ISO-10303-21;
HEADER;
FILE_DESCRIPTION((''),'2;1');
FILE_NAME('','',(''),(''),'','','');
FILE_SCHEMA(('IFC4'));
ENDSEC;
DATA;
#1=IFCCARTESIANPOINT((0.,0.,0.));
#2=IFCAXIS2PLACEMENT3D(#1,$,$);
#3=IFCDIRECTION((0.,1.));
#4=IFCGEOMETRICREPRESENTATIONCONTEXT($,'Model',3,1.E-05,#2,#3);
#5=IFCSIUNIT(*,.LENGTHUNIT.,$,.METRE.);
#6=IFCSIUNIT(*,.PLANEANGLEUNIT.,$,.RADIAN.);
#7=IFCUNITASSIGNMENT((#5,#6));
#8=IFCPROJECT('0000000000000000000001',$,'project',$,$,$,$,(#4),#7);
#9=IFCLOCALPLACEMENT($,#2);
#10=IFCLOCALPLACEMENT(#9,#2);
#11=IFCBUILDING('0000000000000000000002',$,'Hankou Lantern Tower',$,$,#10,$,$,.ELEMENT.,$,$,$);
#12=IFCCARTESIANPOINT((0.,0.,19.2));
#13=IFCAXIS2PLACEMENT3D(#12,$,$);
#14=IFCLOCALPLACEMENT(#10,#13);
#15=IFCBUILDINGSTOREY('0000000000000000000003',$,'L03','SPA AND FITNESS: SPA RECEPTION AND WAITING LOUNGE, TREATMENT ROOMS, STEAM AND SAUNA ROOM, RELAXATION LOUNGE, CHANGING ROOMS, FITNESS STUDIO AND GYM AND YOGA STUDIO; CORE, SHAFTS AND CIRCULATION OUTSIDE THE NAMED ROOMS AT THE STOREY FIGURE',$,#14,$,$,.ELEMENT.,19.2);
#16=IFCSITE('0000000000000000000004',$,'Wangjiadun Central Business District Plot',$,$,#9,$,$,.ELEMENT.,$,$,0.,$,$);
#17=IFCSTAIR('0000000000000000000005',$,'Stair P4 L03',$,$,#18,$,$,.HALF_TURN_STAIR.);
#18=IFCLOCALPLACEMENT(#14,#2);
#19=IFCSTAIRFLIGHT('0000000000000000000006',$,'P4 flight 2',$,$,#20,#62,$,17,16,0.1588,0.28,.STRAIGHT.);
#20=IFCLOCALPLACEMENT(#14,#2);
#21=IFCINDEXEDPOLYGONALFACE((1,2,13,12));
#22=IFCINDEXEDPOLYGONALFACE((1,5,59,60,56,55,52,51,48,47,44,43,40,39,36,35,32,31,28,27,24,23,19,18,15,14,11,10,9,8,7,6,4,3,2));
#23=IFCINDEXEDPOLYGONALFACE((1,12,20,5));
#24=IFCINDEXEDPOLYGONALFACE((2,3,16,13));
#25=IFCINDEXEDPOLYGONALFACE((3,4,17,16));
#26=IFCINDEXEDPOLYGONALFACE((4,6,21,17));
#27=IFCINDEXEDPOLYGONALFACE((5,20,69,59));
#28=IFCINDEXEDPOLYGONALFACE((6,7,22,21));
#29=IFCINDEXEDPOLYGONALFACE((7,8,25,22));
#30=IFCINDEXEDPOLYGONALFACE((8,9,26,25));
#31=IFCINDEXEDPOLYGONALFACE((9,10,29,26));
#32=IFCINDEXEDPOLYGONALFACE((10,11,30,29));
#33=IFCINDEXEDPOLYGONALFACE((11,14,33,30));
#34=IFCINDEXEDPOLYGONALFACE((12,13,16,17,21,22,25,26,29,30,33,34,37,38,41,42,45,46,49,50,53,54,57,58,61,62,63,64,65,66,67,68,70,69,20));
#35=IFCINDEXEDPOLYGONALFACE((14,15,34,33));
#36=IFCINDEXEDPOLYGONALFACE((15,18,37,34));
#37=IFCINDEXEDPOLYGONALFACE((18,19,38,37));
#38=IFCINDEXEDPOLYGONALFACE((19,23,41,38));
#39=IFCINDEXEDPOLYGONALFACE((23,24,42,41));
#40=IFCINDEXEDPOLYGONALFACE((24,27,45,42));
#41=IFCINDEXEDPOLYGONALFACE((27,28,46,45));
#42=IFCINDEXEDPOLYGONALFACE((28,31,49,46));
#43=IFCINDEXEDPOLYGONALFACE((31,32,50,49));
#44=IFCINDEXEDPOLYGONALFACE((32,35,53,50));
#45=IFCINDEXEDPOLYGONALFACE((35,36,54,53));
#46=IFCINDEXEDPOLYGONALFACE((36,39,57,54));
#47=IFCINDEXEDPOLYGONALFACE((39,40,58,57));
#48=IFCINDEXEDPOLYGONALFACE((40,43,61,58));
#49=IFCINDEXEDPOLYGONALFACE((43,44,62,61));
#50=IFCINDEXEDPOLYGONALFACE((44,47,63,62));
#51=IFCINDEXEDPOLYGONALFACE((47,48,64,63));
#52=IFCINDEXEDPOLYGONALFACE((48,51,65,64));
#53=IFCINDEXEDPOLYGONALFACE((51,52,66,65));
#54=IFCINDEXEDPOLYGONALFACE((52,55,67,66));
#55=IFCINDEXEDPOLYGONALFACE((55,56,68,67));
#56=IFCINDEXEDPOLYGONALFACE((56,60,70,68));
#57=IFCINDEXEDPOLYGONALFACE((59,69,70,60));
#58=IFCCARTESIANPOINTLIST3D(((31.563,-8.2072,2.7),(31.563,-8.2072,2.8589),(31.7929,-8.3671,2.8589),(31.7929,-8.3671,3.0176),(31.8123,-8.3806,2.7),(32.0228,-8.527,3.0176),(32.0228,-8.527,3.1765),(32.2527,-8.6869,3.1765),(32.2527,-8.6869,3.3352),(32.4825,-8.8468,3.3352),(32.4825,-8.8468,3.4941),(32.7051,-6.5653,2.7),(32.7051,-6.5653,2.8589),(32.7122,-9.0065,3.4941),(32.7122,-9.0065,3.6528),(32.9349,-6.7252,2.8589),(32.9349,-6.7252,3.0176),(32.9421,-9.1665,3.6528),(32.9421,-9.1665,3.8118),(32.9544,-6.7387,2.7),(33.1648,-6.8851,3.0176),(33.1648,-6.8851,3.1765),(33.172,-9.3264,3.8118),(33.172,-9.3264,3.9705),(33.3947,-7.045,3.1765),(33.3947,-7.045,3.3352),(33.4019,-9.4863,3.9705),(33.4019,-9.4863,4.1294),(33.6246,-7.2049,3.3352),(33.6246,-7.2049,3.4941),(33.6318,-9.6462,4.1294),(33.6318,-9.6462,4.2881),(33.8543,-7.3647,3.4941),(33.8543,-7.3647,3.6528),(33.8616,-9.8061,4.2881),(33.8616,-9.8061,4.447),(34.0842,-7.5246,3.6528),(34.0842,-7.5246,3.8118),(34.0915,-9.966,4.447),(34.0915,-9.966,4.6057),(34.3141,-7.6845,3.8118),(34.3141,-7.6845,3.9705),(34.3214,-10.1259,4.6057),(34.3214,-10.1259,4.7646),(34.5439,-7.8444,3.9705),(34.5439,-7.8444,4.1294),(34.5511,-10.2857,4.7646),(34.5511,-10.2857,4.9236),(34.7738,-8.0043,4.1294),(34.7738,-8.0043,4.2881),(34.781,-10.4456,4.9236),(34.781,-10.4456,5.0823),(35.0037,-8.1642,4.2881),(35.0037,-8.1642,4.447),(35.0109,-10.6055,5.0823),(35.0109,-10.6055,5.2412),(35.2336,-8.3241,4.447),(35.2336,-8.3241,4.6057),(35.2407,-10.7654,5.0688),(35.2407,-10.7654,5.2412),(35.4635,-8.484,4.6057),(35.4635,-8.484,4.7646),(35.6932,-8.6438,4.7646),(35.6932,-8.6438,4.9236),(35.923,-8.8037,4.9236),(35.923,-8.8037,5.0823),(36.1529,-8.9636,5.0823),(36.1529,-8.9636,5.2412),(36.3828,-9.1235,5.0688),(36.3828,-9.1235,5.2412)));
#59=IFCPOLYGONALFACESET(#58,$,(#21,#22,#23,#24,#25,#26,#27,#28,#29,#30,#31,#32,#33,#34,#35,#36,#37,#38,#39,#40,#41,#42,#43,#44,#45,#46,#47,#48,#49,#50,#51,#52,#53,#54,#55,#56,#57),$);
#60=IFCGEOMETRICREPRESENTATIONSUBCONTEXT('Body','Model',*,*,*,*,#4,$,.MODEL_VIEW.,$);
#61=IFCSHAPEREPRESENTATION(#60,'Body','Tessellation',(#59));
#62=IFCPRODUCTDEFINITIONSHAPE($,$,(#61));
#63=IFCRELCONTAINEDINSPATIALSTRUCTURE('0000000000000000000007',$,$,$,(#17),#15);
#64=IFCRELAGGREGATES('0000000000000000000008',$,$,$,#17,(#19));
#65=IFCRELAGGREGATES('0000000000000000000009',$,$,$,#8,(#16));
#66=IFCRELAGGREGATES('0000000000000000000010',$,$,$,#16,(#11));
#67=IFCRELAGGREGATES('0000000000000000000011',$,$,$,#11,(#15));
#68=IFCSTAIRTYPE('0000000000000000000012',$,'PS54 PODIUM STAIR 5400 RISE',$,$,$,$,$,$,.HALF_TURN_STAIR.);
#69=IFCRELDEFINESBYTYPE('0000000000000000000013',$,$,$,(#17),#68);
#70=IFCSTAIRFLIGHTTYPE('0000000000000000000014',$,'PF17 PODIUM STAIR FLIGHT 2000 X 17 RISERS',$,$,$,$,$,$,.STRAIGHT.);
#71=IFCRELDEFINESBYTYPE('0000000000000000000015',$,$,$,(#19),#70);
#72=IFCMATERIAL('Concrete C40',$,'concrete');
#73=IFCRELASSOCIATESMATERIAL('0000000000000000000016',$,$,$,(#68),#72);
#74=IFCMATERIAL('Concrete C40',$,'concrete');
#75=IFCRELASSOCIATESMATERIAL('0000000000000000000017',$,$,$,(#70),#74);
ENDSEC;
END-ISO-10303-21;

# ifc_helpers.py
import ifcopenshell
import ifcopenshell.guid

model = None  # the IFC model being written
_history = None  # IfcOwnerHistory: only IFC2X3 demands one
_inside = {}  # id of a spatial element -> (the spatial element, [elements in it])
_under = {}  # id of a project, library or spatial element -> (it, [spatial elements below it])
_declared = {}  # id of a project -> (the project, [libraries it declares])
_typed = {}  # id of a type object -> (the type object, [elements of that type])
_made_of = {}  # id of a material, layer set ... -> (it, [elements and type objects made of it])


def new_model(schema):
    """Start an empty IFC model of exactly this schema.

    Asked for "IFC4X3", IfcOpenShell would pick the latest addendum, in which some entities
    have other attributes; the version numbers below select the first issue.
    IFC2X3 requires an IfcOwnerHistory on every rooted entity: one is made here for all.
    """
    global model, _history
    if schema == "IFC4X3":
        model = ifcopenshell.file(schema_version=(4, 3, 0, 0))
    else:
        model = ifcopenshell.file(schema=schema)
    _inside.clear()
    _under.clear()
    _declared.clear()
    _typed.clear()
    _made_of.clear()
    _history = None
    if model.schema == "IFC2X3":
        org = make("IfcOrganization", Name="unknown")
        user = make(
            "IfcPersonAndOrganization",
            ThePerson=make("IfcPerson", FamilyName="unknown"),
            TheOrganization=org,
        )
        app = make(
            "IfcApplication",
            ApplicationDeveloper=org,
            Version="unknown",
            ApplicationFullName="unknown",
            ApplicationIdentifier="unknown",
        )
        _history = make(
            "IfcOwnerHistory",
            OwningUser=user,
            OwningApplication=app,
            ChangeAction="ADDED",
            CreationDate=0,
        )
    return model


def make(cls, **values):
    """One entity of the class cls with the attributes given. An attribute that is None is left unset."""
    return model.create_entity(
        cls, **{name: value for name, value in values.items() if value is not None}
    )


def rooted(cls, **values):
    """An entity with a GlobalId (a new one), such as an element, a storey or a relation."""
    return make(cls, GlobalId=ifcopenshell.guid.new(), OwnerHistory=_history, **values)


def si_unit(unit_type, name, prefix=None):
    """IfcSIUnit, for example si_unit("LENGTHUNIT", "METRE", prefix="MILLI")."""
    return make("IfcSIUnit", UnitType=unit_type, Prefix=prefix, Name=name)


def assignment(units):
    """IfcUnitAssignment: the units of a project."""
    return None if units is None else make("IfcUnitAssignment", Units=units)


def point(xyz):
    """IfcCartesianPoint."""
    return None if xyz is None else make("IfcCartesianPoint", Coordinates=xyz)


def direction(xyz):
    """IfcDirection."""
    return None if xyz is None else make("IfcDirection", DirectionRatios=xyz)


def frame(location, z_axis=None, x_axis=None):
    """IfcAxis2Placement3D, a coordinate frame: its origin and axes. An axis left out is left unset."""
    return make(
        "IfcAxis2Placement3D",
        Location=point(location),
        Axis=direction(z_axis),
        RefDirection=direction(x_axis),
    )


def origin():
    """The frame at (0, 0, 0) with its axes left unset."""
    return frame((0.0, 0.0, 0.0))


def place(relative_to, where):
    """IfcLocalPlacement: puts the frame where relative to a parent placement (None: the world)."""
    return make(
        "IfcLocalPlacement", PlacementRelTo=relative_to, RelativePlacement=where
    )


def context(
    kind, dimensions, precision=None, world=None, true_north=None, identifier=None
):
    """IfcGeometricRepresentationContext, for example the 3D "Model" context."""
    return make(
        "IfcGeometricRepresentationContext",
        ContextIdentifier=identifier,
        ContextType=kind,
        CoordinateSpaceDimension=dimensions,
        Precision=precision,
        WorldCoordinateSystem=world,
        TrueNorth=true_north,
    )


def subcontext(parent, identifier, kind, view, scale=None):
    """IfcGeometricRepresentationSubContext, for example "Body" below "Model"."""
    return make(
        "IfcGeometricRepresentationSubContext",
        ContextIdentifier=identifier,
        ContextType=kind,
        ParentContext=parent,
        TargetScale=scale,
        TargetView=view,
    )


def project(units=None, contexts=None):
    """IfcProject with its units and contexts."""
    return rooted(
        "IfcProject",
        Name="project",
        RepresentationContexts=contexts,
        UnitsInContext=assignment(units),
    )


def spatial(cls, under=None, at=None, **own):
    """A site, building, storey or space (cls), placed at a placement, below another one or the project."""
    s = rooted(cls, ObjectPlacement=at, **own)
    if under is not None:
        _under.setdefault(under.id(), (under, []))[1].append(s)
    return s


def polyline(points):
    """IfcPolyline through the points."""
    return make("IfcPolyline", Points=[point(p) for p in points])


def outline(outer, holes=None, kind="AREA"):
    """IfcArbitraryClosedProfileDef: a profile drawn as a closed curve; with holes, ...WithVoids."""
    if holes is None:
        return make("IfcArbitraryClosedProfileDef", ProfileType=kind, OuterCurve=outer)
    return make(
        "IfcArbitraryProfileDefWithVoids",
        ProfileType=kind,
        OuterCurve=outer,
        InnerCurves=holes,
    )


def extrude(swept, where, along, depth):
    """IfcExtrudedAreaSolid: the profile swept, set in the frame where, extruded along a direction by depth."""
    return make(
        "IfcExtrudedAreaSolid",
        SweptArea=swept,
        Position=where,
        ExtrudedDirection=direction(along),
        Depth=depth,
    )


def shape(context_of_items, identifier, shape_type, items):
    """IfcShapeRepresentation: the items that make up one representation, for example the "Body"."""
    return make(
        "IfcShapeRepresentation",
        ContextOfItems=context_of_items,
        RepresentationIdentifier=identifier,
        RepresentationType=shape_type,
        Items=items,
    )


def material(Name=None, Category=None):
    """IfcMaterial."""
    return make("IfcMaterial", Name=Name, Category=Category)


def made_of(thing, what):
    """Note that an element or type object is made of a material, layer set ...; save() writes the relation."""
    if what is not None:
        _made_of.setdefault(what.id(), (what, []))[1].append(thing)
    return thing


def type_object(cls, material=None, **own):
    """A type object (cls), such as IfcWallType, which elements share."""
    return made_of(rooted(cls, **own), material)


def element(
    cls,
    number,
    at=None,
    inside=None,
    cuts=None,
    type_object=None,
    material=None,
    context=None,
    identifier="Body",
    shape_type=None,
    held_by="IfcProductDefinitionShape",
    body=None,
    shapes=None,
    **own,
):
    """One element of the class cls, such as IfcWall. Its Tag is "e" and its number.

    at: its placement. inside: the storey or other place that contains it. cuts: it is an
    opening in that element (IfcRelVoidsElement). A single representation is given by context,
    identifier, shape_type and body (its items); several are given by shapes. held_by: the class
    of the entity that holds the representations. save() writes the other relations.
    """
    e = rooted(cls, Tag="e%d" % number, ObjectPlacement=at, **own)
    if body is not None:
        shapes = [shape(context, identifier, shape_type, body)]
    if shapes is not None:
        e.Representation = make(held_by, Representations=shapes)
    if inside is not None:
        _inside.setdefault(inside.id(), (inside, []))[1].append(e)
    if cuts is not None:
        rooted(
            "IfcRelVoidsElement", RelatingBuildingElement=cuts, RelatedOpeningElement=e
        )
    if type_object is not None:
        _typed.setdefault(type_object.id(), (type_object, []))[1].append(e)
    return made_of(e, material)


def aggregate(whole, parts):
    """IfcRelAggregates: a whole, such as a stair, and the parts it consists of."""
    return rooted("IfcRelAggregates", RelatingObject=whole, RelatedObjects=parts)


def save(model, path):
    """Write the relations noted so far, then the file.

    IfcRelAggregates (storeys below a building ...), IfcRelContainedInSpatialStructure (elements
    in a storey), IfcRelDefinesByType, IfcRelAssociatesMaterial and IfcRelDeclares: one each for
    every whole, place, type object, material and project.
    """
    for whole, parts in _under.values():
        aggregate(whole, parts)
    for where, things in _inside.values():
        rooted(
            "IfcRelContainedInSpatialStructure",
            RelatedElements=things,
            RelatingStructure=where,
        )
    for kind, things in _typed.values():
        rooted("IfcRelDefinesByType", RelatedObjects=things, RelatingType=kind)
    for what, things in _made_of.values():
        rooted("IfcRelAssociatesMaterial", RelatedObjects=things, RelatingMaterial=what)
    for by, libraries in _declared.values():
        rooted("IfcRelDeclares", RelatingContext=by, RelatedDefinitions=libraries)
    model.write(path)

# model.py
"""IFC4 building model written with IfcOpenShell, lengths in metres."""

from ifc_helpers import new_model, si_unit, direction, frame, origin, place, context, subcontext, project, spatial, polyline, outline, extrude, material, type_object, element, aggregate, save


model = new_model("IFC4")

# Units and contexts
model_context = context("Model", 3, precision=1e-05, world=origin(), true_north=direction((0.0, 1.0)))
body_context = subcontext(model_context, "Body", "Model", "MODEL_VIEW")
ifc_project = project(units=[si_unit("LENGTHUNIT", "METRE"), si_unit("PLANEANGLEUNIT", "RADIAN")], contexts=[model_context])

# Site, building, storey
site_placement = place(None, origin())
site = spatial("IfcSite", under=ifc_project, at=site_placement, Name="Wangjiadun Central Business District Plot", CompositionType="ELEMENT", RefElevation=0.0)
building_placement = place(site_placement, origin())
building = spatial("IfcBuilding", under=site, at=building_placement, Name="Hankou Lantern Tower", CompositionType="ELEMENT")
storey_placement = place(building_placement, frame((0.0, 0.0, 19.2)))
storey = spatial("IfcBuildingStorey", under=building, at=storey_placement, Name="L03", Description="SPA AND FITNESS: SPA RECEPTION AND WAITING LOUNGE, TREATMENT ROOMS, STEAM AND SAUNA ROOM, RELAXATION LOUNGE, CHANGING ROOMS, FITNESS STUDIO AND GYM AND YOGA STUDIO; CORE, SHAFTS AND CIRCULATION OUTSIDE THE NAMED ROOMS AT THE STOREY FIGURE", CompositionType="ELEMENT", Elevation=19.2)

# Stair, stair flight
ifc_material_1 = material(Name="Concrete C40", Category="concrete")
stair_type = type_object("IfcStairType", Name="PS54 PODIUM STAIR 5400 RISE", PredefinedType="HALF_TURN_STAIR", material=ifc_material_1)
stair_placement = place(storey_placement, origin())
stair = element("IfcStair", 1, at=stair_placement, inside=storey, type_object=stair_type, Name="Stair P4 L03", PredefinedType="HALF_TURN_STAIR")
ifc_material_2 = material(Name="Concrete C40", Category="concrete")
stair_flight_type = type_object("IfcStairFlightType", Name="PF17 PODIUM STAIR FLIGHT 2000 X 17 RISERS", PredefinedType="STRAIGHT", material=ifc_material_2)
stair_flight_1_placement = place(storey_placement, frame((32.134, -7.3862, 2.7), z_axis=(0.0, 0.0, 1.0), x_axis=(0.820927, -0.571033, 0.0)))
stair_flight_1 = element("IfcStairFlight", 2, at=stair_flight_1_placement, type_object=stair_flight_type, Name="P4 flight 2", NumberOfRisers=17, NumberOfTreads=16, PredefinedType="STRAIGHT", RiserHeight=0.1588, TreadLength=0.28, context=body_context, shape_type="SweptSolid", body=[
    extrude(outline(polyline([(0.0, 0.0), (0.0, 0.1589), (0.28, 0.1589), (0.28, 0.3176), (0.5601, 0.3176), (0.5601, 0.4766), (0.8401, 0.4766), (0.8401, 0.6353), (1.1201, 0.6353), (1.1201, 0.7942), (1.3999, 0.7942), (1.3999, 0.9529), (1.6799, 0.9529), (1.6799, 1.1118), (1.96, 1.1118), (1.96, 1.2705), (2.24, 1.2705), (2.24, 1.4294), (2.52, 1.4294), (2.52, 1.5881), (2.8, 1.5881), (2.8, 1.7471), (3.0801, 1.7471), (3.0801, 1.9058), (3.3601, 1.9058), (3.3601, 2.0647), (3.6399, 2.0647), (3.6399, 2.2236), (3.9199, 2.2236), (3.9199, 2.3823), (4.2, 2.3823), (4.2, 2.5413), (4.48, 2.5413), (4.48, 2.7), (4.48, 2.3689), (0.3037, 0.0), (0.0, 0.0)])), frame((0.0, 1.0, 0.0), z_axis=(0.0, -1.0, 0.0), x_axis=(1.0, 0.0, 0.0)), (0.0, 0.0, 1.0), 2.0),
])
aggregate(stair, [stair_flight_1])

save(model, "model.ifc")
